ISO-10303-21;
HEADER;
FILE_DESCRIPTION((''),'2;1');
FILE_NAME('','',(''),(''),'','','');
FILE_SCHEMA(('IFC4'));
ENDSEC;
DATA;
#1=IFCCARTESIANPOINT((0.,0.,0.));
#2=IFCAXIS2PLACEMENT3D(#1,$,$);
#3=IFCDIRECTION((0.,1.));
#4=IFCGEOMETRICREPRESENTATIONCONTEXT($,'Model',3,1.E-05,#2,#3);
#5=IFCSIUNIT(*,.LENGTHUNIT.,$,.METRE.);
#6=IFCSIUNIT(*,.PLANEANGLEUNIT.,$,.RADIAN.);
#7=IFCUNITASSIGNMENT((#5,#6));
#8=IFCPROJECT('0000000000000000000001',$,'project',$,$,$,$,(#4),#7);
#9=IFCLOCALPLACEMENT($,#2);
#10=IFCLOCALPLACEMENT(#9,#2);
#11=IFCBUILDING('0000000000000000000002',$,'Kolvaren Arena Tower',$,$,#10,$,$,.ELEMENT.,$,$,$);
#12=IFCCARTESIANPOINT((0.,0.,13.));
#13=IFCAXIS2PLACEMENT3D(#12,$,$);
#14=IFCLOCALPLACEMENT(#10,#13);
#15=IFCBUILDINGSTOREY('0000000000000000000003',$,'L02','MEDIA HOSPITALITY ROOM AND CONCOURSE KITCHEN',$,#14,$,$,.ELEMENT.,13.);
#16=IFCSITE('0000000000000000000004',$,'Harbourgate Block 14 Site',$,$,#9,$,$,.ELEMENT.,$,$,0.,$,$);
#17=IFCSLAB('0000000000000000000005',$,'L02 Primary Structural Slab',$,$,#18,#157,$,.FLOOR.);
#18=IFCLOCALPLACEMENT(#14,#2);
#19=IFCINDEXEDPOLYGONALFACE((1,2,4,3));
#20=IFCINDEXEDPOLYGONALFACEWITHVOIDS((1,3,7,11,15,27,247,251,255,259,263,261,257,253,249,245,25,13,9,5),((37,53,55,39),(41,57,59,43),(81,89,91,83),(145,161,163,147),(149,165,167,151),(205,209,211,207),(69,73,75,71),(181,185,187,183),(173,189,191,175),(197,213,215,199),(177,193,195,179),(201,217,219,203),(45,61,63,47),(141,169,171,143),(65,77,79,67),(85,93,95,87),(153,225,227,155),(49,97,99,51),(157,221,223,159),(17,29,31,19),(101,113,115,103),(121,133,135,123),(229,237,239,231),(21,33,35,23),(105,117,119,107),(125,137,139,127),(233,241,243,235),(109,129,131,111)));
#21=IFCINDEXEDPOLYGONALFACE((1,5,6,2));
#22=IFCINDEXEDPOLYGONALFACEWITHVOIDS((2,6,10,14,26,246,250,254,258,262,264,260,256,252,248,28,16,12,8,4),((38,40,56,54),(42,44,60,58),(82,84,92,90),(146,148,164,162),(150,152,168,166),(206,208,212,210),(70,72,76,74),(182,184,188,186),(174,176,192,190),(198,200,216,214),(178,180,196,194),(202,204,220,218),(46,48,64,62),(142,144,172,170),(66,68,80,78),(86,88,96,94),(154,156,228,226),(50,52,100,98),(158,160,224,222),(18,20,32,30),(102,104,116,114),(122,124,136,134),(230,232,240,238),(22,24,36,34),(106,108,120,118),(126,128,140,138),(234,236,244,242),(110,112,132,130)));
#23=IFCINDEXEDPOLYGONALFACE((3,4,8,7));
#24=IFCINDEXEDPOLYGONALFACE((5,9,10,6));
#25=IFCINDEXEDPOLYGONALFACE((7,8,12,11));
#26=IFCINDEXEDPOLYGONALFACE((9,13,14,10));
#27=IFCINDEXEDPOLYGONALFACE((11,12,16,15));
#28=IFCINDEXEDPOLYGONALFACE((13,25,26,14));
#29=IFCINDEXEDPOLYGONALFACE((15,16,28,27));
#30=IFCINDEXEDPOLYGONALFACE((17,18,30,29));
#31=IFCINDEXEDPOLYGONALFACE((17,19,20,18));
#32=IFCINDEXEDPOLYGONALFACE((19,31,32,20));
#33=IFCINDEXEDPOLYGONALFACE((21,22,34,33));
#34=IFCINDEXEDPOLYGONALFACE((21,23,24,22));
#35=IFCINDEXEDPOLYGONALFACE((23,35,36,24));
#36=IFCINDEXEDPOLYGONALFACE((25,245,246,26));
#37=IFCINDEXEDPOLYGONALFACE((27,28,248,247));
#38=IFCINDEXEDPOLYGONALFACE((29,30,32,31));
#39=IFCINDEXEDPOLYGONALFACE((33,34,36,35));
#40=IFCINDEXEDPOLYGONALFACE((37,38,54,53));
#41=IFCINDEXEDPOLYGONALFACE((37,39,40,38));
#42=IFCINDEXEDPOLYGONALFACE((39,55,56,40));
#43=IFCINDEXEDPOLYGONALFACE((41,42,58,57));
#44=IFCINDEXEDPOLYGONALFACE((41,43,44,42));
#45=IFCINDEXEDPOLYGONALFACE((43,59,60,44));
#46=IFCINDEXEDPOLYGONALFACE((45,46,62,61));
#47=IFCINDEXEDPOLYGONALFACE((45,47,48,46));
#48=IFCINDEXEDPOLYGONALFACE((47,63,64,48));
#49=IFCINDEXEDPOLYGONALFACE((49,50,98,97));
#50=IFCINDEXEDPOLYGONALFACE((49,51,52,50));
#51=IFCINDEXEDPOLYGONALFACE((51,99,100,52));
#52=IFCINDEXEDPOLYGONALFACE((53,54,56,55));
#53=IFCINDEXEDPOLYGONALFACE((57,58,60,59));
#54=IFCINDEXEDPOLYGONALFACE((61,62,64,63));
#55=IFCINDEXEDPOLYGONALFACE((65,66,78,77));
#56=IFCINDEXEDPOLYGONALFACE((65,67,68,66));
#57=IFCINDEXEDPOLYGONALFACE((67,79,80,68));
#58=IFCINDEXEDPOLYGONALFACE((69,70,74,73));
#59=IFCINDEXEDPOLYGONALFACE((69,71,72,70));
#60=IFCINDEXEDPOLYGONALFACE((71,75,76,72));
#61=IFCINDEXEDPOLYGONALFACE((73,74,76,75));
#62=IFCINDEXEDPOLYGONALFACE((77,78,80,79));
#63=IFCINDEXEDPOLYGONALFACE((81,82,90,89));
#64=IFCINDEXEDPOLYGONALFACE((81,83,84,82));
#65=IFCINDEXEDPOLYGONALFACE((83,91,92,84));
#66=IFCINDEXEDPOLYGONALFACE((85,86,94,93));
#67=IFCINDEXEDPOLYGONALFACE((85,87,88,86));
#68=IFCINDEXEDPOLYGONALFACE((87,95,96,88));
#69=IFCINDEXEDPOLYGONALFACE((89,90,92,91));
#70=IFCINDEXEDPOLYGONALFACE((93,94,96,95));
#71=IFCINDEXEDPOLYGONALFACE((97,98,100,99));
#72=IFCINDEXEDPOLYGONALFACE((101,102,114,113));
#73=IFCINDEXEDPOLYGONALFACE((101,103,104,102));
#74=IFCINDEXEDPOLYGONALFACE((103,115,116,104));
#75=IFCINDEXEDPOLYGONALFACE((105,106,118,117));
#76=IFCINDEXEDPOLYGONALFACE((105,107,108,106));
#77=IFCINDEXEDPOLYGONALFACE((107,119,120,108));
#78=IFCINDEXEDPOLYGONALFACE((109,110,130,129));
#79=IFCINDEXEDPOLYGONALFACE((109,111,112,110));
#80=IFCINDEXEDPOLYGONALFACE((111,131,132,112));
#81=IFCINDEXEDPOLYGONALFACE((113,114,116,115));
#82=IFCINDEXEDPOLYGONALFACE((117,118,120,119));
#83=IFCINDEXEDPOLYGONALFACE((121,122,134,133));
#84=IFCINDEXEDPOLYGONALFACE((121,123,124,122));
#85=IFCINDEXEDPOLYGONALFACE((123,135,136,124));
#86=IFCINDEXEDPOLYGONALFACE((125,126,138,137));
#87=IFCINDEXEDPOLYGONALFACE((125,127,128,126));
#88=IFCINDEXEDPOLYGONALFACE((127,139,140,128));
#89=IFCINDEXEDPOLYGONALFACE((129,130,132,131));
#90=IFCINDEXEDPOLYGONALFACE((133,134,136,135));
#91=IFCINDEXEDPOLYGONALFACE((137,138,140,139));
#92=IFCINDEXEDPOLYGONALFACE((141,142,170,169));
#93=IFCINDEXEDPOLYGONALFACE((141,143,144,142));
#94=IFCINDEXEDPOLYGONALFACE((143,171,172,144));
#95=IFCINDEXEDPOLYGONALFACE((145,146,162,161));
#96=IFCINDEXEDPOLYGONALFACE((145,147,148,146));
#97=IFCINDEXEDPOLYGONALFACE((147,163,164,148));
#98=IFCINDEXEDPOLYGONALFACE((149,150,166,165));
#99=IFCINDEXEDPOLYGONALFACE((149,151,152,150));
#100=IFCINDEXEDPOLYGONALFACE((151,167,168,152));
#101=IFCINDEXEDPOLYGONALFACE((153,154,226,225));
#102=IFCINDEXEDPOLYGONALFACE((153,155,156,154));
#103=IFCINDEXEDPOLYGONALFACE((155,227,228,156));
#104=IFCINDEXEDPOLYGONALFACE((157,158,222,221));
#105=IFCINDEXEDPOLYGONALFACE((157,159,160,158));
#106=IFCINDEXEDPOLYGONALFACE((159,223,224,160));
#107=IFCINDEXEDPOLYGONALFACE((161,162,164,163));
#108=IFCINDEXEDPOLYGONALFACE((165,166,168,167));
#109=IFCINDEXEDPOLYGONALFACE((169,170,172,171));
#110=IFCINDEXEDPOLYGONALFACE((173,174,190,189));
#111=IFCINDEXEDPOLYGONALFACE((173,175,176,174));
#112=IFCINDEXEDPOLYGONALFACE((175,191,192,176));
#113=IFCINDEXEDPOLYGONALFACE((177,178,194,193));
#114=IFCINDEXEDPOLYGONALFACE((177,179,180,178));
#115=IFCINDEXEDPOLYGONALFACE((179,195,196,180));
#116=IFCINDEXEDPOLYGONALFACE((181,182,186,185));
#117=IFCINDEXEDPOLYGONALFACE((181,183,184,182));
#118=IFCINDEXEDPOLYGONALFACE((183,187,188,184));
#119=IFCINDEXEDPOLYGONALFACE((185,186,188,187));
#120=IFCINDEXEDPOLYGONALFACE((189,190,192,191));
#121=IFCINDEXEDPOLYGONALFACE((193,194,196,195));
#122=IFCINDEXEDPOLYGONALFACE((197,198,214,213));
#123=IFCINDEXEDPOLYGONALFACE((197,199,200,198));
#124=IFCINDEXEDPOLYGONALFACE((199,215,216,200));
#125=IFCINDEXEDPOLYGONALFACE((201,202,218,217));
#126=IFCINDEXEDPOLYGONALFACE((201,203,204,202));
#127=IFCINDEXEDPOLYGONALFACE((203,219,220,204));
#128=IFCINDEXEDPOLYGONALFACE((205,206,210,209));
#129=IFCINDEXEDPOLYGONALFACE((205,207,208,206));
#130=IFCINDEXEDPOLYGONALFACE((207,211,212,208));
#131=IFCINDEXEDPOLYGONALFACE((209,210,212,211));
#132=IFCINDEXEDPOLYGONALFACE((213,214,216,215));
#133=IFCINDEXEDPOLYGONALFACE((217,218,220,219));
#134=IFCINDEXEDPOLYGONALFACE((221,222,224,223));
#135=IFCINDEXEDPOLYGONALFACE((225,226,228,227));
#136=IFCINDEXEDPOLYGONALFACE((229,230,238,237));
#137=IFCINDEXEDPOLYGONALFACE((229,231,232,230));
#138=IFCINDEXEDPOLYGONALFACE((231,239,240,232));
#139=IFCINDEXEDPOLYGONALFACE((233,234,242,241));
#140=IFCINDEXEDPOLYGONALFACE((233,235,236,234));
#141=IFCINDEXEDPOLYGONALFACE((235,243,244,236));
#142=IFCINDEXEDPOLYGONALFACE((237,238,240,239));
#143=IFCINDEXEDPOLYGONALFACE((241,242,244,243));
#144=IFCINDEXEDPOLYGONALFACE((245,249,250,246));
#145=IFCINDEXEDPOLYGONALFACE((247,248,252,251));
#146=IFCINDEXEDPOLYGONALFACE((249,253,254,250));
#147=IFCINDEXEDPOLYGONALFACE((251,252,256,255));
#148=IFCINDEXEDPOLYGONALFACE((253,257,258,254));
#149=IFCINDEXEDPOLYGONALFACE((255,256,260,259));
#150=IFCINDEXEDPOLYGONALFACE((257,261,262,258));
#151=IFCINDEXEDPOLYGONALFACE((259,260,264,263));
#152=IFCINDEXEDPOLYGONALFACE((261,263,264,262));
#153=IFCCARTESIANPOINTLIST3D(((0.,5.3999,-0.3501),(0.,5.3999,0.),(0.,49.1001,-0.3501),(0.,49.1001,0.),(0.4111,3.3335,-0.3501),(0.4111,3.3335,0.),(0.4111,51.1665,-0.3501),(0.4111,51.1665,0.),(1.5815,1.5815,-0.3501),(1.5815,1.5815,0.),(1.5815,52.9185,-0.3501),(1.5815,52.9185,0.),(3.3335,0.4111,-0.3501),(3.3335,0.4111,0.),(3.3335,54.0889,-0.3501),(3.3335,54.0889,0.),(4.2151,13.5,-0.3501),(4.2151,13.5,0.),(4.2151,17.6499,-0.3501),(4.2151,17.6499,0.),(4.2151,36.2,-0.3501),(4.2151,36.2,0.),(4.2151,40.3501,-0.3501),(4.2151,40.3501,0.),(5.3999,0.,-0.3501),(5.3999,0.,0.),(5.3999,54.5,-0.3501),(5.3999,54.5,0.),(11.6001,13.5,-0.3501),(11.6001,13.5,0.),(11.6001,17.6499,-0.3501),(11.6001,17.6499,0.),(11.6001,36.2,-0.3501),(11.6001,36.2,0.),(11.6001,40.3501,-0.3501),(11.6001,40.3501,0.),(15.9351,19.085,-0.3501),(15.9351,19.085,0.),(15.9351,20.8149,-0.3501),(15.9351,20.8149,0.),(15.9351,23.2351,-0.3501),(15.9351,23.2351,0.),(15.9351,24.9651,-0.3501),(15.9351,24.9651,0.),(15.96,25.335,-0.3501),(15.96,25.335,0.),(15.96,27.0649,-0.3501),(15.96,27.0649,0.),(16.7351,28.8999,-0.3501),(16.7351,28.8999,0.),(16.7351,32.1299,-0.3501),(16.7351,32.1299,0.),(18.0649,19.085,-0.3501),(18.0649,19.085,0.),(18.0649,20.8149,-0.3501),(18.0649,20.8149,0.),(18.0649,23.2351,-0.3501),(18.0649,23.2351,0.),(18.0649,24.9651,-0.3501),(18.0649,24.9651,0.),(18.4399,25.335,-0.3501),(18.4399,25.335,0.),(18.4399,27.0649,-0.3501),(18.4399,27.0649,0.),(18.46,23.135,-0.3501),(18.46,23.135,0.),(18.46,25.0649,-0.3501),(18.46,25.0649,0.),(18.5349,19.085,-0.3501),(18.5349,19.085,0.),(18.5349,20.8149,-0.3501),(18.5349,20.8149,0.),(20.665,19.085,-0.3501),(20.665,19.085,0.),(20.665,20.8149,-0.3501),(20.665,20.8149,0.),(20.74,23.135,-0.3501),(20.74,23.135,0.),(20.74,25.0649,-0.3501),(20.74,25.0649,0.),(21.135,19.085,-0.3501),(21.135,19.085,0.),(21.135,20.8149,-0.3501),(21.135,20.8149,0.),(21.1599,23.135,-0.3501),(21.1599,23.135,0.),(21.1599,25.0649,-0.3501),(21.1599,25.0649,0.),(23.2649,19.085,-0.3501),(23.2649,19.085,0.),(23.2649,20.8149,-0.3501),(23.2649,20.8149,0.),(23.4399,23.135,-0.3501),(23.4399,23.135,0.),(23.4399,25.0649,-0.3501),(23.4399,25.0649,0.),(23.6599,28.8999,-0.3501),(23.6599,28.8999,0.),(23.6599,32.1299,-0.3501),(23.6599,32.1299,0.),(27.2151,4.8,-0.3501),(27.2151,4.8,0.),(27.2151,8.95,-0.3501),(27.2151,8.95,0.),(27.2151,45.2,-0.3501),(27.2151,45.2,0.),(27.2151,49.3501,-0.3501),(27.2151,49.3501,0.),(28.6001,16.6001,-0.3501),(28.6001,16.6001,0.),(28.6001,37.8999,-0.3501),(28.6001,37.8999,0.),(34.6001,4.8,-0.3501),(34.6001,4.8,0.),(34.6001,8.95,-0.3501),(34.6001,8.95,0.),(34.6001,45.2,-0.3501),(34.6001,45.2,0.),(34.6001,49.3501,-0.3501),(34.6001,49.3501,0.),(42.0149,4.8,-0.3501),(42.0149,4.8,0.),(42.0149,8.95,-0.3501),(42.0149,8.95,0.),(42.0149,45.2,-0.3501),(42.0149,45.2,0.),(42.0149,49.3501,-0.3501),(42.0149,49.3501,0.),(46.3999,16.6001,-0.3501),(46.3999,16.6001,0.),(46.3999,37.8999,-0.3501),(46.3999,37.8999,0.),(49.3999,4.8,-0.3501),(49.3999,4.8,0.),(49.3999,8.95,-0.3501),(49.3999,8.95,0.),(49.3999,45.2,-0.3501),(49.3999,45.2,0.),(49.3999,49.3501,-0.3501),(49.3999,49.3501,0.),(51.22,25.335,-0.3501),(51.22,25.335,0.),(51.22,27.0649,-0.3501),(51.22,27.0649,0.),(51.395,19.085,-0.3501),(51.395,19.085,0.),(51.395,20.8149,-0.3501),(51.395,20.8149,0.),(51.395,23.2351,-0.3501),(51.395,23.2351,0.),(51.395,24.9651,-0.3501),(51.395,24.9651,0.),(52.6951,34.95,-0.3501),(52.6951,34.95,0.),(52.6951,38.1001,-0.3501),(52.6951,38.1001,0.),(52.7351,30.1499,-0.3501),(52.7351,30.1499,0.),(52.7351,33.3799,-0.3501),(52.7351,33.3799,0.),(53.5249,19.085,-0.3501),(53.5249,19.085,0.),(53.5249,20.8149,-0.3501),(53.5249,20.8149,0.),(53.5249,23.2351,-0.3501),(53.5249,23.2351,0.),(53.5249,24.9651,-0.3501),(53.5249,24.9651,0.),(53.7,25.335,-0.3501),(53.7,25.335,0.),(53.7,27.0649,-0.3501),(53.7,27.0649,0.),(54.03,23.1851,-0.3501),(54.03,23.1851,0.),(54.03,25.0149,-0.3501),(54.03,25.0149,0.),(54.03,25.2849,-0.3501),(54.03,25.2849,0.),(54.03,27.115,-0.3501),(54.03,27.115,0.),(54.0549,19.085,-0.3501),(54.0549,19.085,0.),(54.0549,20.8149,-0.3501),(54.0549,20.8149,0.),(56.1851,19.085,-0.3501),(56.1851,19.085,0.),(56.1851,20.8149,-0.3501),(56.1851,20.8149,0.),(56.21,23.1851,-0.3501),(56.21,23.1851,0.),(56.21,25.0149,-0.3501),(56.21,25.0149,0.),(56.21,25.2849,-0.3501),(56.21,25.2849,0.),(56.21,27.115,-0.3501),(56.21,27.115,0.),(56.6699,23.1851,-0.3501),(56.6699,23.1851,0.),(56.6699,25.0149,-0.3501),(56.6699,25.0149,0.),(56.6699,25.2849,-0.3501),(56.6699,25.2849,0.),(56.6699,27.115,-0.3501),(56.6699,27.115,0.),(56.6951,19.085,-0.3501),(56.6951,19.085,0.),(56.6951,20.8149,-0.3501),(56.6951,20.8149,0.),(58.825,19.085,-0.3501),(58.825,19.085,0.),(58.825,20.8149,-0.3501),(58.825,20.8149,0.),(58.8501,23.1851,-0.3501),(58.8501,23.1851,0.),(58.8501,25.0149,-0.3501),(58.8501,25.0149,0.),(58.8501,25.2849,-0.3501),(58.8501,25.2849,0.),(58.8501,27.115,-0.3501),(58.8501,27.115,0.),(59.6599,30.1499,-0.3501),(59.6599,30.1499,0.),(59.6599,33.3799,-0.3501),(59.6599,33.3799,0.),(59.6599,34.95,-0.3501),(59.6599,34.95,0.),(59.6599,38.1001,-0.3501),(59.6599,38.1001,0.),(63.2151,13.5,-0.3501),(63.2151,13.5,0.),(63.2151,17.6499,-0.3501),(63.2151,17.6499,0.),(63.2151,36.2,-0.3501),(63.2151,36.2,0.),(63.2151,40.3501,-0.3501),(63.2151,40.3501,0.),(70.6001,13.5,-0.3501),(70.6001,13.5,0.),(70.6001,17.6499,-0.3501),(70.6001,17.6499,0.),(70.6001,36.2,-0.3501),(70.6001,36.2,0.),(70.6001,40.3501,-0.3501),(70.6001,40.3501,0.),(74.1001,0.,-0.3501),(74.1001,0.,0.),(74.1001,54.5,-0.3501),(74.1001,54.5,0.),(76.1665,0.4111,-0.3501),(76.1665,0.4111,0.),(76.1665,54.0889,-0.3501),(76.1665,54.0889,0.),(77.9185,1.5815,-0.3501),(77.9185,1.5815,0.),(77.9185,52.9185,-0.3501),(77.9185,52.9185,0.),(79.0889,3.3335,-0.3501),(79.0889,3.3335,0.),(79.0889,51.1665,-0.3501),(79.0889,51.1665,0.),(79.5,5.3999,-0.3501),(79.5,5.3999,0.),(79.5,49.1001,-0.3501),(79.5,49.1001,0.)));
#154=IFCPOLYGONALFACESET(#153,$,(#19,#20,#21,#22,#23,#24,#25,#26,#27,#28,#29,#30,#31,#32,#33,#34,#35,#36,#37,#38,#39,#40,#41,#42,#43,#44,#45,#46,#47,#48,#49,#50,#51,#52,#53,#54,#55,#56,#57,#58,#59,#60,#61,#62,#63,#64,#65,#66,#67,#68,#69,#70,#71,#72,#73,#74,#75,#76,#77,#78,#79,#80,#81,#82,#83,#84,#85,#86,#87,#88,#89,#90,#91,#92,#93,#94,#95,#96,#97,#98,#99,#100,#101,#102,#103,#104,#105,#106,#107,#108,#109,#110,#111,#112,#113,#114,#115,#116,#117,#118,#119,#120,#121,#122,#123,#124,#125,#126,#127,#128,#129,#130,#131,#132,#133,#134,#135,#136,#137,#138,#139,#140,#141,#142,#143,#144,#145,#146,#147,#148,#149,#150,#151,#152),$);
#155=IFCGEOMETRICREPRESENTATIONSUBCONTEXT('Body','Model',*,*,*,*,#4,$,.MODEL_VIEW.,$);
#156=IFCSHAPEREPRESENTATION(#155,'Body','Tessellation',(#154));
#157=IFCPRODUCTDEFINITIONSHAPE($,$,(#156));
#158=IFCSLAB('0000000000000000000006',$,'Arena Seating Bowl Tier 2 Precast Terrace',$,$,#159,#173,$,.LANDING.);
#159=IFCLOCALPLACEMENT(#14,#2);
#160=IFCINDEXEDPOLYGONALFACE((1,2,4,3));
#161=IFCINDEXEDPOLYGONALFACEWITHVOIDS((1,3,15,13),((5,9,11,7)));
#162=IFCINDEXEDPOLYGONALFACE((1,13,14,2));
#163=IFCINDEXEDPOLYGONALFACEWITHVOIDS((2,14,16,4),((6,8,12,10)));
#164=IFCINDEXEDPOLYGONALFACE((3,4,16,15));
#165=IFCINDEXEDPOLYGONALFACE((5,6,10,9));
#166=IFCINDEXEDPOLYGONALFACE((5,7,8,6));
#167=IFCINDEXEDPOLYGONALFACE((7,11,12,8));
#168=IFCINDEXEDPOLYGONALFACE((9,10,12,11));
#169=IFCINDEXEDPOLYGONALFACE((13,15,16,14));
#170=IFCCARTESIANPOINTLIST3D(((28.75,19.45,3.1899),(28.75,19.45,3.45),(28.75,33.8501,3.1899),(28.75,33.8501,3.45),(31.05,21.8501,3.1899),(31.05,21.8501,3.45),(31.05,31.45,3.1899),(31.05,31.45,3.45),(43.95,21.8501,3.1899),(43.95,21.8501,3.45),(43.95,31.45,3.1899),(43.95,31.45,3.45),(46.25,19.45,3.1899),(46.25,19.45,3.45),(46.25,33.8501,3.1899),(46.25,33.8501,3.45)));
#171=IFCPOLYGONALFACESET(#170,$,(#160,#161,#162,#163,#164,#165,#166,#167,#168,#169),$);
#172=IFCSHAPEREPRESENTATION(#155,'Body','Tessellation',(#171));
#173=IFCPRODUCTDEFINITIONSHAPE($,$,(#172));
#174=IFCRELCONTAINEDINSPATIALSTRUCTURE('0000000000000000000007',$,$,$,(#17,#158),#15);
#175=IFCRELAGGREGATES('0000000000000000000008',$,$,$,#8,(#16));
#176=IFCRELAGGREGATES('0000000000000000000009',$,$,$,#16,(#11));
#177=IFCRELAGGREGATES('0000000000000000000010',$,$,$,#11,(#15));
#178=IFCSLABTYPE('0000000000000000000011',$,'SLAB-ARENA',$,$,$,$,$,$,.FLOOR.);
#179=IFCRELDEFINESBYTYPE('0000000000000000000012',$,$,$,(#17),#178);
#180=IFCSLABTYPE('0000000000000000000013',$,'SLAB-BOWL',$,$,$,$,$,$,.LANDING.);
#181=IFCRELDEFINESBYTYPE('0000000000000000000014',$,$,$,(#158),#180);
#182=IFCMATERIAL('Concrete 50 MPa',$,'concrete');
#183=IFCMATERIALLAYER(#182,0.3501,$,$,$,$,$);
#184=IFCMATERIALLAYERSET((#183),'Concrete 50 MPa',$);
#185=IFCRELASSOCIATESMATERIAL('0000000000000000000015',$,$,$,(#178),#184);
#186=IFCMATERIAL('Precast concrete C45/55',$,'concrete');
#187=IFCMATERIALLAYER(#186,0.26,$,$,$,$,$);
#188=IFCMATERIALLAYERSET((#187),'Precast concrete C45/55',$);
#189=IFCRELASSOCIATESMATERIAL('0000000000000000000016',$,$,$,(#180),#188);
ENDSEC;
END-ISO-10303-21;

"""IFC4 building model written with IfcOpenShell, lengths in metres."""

from ifc_helpers import new_model, si_unit, direction, frame, origin, place, context, subcontext, project, spatial, polyline, outline, extrude, material, layer, layer_set, type_object, element, save


model = new_model("IFC4")

# Units and contexts
model_context = context("Model", 3, precision=1e-05, world=origin(), true_north=direction((0.0, 1.0)))
body_context = subcontext(model_context, "Body", "Model", "MODEL_VIEW")
ifc_project = project(units=[si_unit("LENGTHUNIT", "METRE"), si_unit("PLANEANGLEUNIT", "RADIAN")], contexts=[model_context])

# Site, building, storey
site_placement = place(None, origin())
site = spatial("IfcSite", under=ifc_project, at=site_placement, Name="Harbourgate Block 14 Site", CompositionType="ELEMENT", RefElevation=0.0)
building_placement = place(site_placement, origin())
building = spatial("IfcBuilding", under=site, at=building_placement, Name="Kolvaren Arena Tower", CompositionType="ELEMENT")
storey_placement = place(building_placement, frame((0.0, 0.0, 13.0)))
storey = spatial("IfcBuildingStorey", under=building, at=storey_placement, Name="L02", Description="MEDIA HOSPITALITY ROOM AND CONCOURSE KITCHEN", CompositionType="ELEMENT", Elevation=13.0)

# Slabs
ifc_material_1 = material(Name="Concrete 50 MPa", Category="concrete")
ifc_layer_1 = layer(ifc_material_1, 0.3501)
ifc_layer_set_1 = layer_set([ifc_layer_1], Name="Concrete 50 MPa")
slab_type_1 = type_object("IfcSlabType", Name="SLAB-ARENA", PredefinedType="FLOOR", material=ifc_layer_set_1)
slab_1_placement = place(storey_placement, frame((0.0, 0.0, -0.3501)))
element("IfcSlab", 1, at=slab_1_placement, inside=storey, type_object=slab_type_1, Name="L02 Primary Structural Slab", PredefinedType="FLOOR", context=body_context, shape_type="SweptSolid", body=[
    extrude(outline(polyline([(74.1001, 0.0), (76.1665, 0.4111), (77.9185, 1.5815), (79.0889, 3.3335), (79.5, 5.3999), (79.5, 49.1001), (79.0889, 51.1665), (77.9185, 52.9185), (76.1665, 54.0889), (74.1001, 54.5), (5.3999, 54.5), (3.3335, 54.0889), (1.5815, 52.9185), (0.4111, 51.1665), (0.0, 49.1001), (0.0, 5.3999), (0.4111, 3.3335), (1.5815, 1.5815), (3.3335, 0.4111), (5.3999, 0.0), (74.1001, 0.0)]), holes=[polyline([(27.2151, 4.8), (27.2151, 8.95), (34.6001, 8.95), (34.6001, 4.8), (27.2151, 4.8)]), polyline([(42.0149, 4.8), (42.0149, 8.95), (49.3999, 8.95), (49.3999, 4.8), (42.0149, 4.8)]), polyline([(4.2151, 17.6499), (11.6001, 17.6499), (11.6001, 13.5), (4.2151, 13.5), (4.2151, 17.6499)]), polyline([(63.2151, 17.6499), (70.6001, 17.6499), (70.6001, 13.5), (63.2151, 13.5), (63.2151, 17.6499)]), polyline([(28.6001, 37.8999), (46.3999, 37.8999), (46.3999, 16.6001), (28.6001, 16.6001), (28.6001, 37.8999)]), polyline([(15.9351, 20.8149), (18.0649, 20.8149), (18.0649, 19.085), (15.9351, 19.085), (15.9351, 20.8149)]), polyline([(18.5349, 20.8149), (20.665, 20.8149), (20.665, 19.085), (18.5349, 19.085), (18.5349, 20.8149)]), polyline([(21.135, 20.8149), (23.2649, 20.8149), (23.2649, 19.085), (21.135, 19.085), (21.135, 20.8149)]), polyline([(51.395, 20.8149), (53.5249, 20.8149), (53.5249, 19.085), (51.395, 19.085), (51.395, 20.8149)]), polyline([(54.0549, 20.8149), (56.1851, 20.8149), (56.1851, 19.085), (54.0549, 19.085), (54.0549, 20.8149)]), polyline([(56.6951, 20.8149), (58.825, 20.8149), (58.825, 19.085), (56.6951, 19.085), (56.6951, 20.8149)]), polyline([(18.46, 25.0649), (20.74, 25.0649), (20.74, 23.135), (18.46, 23.135), (18.46, 25.0649)]), polyline([(21.1599, 23.135), (21.1599, 25.0649), (23.4399, 25.0649), (23.4399, 23.135), (21.1599, 23.135)]), polyline([(54.03, 25.0149), (56.21, 25.0149), (56.21, 23.1851), (54.03, 23.1851), (54.03, 25.0149)]), polyline([(56.6699, 23.1851), (56.6699, 25.0149), (58.8501, 25.0149), (58.8501, 23.1851), (56.6699, 23.1851)]), polyline([(15.9351, 24.9651), (18.0649, 24.9651), (18.0649, 23.2351), (15.9351, 23.2351), (15.9351, 24.9651)]), polyline([(51.395, 24.9651), (53.5249, 24.9651), (53.5249, 23.2351), (51.395, 23.2351), (51.395, 24.9651)]), polyline([(54.03, 27.115), (56.21, 27.115), (56.21, 25.2849), (54.03, 25.2849), (54.03, 27.115)]), polyline([(56.6699, 27.115), (58.8501, 27.115), (58.8501, 25.2849), (56.6699, 25.2849), (56.6699, 27.115)]), polyline([(15.96, 27.0649), (18.4399, 27.0649), (18.4399, 25.335), (15.96, 25.335), (15.96, 27.0649)]), polyline([(51.22, 27.0649), (53.7, 27.0649), (53.7, 25.335), (51.22, 25.335), (51.22, 27.0649)]), polyline([(16.7351, 32.1299), (23.6599, 32.1299), (23.6599, 28.8999), (16.7351, 28.8999), (16.7351, 32.1299)]), polyline([(52.7351, 33.3799), (59.6599, 33.3799), (59.6599, 30.1499), (52.7351, 30.1499), (52.7351, 33.3799)]), polyline([(52.6951, 38.1001), (59.6599, 38.1001), (59.6599, 34.95), (52.6951, 34.95), (52.6951, 38.1001)]), polyline([(4.2151, 40.3501), (11.6001, 40.3501), (11.6001, 36.2), (4.2151, 36.2), (4.2151, 40.3501)]), polyline([(63.2151, 40.3501), (70.6001, 40.3501), (70.6001, 36.2), (63.2151, 36.2), (63.2151, 40.3501)]), polyline([(27.2151, 49.3501), (34.6001, 49.3501), (34.6001, 45.2), (27.2151, 45.2), (27.2151, 49.3501)]), polyline([(42.0149, 49.3501), (49.3999, 49.3501), (49.3999, 45.2), (42.0149, 45.2), (42.0149, 49.3501)])]), origin(), (0.0, 0.0, 1.0), 0.3501),
])
ifc_material_2 = material(Name="Precast concrete C45/55", Category="concrete")
ifc_layer_2 = layer(ifc_material_2, 0.26)
ifc_layer_set_2 = layer_set([ifc_layer_2], Name="Precast concrete C45/55")
slab_type_2 = type_object("IfcSlabType", Name="SLAB-BOWL", PredefinedType="LANDING", material=ifc_layer_set_2)
slab_2_placement = place(storey_placement, frame((0.0, 0.0, 3.1899)))
element("IfcSlab", 2, at=slab_2_placement, inside=storey, type_object=slab_type_2, Name="Arena Seating Bowl Tier 2 Precast Terrace", PredefinedType="LANDING", context=body_context, shape_type="SweptSolid", body=[
    extrude(outline(polyline([(28.75, 19.45), (46.25, 19.45), (46.25, 33.8501), (28.75, 33.8501), (28.75, 19.45)]), holes=[polyline([(31.05, 21.8501), (43.95, 21.8501), (43.95, 31.45), (31.05, 31.45), (31.05, 21.8501)])]), origin(), (0.0, 0.0, 1.0), 0.26),
])

save(model, "model.ifc")
